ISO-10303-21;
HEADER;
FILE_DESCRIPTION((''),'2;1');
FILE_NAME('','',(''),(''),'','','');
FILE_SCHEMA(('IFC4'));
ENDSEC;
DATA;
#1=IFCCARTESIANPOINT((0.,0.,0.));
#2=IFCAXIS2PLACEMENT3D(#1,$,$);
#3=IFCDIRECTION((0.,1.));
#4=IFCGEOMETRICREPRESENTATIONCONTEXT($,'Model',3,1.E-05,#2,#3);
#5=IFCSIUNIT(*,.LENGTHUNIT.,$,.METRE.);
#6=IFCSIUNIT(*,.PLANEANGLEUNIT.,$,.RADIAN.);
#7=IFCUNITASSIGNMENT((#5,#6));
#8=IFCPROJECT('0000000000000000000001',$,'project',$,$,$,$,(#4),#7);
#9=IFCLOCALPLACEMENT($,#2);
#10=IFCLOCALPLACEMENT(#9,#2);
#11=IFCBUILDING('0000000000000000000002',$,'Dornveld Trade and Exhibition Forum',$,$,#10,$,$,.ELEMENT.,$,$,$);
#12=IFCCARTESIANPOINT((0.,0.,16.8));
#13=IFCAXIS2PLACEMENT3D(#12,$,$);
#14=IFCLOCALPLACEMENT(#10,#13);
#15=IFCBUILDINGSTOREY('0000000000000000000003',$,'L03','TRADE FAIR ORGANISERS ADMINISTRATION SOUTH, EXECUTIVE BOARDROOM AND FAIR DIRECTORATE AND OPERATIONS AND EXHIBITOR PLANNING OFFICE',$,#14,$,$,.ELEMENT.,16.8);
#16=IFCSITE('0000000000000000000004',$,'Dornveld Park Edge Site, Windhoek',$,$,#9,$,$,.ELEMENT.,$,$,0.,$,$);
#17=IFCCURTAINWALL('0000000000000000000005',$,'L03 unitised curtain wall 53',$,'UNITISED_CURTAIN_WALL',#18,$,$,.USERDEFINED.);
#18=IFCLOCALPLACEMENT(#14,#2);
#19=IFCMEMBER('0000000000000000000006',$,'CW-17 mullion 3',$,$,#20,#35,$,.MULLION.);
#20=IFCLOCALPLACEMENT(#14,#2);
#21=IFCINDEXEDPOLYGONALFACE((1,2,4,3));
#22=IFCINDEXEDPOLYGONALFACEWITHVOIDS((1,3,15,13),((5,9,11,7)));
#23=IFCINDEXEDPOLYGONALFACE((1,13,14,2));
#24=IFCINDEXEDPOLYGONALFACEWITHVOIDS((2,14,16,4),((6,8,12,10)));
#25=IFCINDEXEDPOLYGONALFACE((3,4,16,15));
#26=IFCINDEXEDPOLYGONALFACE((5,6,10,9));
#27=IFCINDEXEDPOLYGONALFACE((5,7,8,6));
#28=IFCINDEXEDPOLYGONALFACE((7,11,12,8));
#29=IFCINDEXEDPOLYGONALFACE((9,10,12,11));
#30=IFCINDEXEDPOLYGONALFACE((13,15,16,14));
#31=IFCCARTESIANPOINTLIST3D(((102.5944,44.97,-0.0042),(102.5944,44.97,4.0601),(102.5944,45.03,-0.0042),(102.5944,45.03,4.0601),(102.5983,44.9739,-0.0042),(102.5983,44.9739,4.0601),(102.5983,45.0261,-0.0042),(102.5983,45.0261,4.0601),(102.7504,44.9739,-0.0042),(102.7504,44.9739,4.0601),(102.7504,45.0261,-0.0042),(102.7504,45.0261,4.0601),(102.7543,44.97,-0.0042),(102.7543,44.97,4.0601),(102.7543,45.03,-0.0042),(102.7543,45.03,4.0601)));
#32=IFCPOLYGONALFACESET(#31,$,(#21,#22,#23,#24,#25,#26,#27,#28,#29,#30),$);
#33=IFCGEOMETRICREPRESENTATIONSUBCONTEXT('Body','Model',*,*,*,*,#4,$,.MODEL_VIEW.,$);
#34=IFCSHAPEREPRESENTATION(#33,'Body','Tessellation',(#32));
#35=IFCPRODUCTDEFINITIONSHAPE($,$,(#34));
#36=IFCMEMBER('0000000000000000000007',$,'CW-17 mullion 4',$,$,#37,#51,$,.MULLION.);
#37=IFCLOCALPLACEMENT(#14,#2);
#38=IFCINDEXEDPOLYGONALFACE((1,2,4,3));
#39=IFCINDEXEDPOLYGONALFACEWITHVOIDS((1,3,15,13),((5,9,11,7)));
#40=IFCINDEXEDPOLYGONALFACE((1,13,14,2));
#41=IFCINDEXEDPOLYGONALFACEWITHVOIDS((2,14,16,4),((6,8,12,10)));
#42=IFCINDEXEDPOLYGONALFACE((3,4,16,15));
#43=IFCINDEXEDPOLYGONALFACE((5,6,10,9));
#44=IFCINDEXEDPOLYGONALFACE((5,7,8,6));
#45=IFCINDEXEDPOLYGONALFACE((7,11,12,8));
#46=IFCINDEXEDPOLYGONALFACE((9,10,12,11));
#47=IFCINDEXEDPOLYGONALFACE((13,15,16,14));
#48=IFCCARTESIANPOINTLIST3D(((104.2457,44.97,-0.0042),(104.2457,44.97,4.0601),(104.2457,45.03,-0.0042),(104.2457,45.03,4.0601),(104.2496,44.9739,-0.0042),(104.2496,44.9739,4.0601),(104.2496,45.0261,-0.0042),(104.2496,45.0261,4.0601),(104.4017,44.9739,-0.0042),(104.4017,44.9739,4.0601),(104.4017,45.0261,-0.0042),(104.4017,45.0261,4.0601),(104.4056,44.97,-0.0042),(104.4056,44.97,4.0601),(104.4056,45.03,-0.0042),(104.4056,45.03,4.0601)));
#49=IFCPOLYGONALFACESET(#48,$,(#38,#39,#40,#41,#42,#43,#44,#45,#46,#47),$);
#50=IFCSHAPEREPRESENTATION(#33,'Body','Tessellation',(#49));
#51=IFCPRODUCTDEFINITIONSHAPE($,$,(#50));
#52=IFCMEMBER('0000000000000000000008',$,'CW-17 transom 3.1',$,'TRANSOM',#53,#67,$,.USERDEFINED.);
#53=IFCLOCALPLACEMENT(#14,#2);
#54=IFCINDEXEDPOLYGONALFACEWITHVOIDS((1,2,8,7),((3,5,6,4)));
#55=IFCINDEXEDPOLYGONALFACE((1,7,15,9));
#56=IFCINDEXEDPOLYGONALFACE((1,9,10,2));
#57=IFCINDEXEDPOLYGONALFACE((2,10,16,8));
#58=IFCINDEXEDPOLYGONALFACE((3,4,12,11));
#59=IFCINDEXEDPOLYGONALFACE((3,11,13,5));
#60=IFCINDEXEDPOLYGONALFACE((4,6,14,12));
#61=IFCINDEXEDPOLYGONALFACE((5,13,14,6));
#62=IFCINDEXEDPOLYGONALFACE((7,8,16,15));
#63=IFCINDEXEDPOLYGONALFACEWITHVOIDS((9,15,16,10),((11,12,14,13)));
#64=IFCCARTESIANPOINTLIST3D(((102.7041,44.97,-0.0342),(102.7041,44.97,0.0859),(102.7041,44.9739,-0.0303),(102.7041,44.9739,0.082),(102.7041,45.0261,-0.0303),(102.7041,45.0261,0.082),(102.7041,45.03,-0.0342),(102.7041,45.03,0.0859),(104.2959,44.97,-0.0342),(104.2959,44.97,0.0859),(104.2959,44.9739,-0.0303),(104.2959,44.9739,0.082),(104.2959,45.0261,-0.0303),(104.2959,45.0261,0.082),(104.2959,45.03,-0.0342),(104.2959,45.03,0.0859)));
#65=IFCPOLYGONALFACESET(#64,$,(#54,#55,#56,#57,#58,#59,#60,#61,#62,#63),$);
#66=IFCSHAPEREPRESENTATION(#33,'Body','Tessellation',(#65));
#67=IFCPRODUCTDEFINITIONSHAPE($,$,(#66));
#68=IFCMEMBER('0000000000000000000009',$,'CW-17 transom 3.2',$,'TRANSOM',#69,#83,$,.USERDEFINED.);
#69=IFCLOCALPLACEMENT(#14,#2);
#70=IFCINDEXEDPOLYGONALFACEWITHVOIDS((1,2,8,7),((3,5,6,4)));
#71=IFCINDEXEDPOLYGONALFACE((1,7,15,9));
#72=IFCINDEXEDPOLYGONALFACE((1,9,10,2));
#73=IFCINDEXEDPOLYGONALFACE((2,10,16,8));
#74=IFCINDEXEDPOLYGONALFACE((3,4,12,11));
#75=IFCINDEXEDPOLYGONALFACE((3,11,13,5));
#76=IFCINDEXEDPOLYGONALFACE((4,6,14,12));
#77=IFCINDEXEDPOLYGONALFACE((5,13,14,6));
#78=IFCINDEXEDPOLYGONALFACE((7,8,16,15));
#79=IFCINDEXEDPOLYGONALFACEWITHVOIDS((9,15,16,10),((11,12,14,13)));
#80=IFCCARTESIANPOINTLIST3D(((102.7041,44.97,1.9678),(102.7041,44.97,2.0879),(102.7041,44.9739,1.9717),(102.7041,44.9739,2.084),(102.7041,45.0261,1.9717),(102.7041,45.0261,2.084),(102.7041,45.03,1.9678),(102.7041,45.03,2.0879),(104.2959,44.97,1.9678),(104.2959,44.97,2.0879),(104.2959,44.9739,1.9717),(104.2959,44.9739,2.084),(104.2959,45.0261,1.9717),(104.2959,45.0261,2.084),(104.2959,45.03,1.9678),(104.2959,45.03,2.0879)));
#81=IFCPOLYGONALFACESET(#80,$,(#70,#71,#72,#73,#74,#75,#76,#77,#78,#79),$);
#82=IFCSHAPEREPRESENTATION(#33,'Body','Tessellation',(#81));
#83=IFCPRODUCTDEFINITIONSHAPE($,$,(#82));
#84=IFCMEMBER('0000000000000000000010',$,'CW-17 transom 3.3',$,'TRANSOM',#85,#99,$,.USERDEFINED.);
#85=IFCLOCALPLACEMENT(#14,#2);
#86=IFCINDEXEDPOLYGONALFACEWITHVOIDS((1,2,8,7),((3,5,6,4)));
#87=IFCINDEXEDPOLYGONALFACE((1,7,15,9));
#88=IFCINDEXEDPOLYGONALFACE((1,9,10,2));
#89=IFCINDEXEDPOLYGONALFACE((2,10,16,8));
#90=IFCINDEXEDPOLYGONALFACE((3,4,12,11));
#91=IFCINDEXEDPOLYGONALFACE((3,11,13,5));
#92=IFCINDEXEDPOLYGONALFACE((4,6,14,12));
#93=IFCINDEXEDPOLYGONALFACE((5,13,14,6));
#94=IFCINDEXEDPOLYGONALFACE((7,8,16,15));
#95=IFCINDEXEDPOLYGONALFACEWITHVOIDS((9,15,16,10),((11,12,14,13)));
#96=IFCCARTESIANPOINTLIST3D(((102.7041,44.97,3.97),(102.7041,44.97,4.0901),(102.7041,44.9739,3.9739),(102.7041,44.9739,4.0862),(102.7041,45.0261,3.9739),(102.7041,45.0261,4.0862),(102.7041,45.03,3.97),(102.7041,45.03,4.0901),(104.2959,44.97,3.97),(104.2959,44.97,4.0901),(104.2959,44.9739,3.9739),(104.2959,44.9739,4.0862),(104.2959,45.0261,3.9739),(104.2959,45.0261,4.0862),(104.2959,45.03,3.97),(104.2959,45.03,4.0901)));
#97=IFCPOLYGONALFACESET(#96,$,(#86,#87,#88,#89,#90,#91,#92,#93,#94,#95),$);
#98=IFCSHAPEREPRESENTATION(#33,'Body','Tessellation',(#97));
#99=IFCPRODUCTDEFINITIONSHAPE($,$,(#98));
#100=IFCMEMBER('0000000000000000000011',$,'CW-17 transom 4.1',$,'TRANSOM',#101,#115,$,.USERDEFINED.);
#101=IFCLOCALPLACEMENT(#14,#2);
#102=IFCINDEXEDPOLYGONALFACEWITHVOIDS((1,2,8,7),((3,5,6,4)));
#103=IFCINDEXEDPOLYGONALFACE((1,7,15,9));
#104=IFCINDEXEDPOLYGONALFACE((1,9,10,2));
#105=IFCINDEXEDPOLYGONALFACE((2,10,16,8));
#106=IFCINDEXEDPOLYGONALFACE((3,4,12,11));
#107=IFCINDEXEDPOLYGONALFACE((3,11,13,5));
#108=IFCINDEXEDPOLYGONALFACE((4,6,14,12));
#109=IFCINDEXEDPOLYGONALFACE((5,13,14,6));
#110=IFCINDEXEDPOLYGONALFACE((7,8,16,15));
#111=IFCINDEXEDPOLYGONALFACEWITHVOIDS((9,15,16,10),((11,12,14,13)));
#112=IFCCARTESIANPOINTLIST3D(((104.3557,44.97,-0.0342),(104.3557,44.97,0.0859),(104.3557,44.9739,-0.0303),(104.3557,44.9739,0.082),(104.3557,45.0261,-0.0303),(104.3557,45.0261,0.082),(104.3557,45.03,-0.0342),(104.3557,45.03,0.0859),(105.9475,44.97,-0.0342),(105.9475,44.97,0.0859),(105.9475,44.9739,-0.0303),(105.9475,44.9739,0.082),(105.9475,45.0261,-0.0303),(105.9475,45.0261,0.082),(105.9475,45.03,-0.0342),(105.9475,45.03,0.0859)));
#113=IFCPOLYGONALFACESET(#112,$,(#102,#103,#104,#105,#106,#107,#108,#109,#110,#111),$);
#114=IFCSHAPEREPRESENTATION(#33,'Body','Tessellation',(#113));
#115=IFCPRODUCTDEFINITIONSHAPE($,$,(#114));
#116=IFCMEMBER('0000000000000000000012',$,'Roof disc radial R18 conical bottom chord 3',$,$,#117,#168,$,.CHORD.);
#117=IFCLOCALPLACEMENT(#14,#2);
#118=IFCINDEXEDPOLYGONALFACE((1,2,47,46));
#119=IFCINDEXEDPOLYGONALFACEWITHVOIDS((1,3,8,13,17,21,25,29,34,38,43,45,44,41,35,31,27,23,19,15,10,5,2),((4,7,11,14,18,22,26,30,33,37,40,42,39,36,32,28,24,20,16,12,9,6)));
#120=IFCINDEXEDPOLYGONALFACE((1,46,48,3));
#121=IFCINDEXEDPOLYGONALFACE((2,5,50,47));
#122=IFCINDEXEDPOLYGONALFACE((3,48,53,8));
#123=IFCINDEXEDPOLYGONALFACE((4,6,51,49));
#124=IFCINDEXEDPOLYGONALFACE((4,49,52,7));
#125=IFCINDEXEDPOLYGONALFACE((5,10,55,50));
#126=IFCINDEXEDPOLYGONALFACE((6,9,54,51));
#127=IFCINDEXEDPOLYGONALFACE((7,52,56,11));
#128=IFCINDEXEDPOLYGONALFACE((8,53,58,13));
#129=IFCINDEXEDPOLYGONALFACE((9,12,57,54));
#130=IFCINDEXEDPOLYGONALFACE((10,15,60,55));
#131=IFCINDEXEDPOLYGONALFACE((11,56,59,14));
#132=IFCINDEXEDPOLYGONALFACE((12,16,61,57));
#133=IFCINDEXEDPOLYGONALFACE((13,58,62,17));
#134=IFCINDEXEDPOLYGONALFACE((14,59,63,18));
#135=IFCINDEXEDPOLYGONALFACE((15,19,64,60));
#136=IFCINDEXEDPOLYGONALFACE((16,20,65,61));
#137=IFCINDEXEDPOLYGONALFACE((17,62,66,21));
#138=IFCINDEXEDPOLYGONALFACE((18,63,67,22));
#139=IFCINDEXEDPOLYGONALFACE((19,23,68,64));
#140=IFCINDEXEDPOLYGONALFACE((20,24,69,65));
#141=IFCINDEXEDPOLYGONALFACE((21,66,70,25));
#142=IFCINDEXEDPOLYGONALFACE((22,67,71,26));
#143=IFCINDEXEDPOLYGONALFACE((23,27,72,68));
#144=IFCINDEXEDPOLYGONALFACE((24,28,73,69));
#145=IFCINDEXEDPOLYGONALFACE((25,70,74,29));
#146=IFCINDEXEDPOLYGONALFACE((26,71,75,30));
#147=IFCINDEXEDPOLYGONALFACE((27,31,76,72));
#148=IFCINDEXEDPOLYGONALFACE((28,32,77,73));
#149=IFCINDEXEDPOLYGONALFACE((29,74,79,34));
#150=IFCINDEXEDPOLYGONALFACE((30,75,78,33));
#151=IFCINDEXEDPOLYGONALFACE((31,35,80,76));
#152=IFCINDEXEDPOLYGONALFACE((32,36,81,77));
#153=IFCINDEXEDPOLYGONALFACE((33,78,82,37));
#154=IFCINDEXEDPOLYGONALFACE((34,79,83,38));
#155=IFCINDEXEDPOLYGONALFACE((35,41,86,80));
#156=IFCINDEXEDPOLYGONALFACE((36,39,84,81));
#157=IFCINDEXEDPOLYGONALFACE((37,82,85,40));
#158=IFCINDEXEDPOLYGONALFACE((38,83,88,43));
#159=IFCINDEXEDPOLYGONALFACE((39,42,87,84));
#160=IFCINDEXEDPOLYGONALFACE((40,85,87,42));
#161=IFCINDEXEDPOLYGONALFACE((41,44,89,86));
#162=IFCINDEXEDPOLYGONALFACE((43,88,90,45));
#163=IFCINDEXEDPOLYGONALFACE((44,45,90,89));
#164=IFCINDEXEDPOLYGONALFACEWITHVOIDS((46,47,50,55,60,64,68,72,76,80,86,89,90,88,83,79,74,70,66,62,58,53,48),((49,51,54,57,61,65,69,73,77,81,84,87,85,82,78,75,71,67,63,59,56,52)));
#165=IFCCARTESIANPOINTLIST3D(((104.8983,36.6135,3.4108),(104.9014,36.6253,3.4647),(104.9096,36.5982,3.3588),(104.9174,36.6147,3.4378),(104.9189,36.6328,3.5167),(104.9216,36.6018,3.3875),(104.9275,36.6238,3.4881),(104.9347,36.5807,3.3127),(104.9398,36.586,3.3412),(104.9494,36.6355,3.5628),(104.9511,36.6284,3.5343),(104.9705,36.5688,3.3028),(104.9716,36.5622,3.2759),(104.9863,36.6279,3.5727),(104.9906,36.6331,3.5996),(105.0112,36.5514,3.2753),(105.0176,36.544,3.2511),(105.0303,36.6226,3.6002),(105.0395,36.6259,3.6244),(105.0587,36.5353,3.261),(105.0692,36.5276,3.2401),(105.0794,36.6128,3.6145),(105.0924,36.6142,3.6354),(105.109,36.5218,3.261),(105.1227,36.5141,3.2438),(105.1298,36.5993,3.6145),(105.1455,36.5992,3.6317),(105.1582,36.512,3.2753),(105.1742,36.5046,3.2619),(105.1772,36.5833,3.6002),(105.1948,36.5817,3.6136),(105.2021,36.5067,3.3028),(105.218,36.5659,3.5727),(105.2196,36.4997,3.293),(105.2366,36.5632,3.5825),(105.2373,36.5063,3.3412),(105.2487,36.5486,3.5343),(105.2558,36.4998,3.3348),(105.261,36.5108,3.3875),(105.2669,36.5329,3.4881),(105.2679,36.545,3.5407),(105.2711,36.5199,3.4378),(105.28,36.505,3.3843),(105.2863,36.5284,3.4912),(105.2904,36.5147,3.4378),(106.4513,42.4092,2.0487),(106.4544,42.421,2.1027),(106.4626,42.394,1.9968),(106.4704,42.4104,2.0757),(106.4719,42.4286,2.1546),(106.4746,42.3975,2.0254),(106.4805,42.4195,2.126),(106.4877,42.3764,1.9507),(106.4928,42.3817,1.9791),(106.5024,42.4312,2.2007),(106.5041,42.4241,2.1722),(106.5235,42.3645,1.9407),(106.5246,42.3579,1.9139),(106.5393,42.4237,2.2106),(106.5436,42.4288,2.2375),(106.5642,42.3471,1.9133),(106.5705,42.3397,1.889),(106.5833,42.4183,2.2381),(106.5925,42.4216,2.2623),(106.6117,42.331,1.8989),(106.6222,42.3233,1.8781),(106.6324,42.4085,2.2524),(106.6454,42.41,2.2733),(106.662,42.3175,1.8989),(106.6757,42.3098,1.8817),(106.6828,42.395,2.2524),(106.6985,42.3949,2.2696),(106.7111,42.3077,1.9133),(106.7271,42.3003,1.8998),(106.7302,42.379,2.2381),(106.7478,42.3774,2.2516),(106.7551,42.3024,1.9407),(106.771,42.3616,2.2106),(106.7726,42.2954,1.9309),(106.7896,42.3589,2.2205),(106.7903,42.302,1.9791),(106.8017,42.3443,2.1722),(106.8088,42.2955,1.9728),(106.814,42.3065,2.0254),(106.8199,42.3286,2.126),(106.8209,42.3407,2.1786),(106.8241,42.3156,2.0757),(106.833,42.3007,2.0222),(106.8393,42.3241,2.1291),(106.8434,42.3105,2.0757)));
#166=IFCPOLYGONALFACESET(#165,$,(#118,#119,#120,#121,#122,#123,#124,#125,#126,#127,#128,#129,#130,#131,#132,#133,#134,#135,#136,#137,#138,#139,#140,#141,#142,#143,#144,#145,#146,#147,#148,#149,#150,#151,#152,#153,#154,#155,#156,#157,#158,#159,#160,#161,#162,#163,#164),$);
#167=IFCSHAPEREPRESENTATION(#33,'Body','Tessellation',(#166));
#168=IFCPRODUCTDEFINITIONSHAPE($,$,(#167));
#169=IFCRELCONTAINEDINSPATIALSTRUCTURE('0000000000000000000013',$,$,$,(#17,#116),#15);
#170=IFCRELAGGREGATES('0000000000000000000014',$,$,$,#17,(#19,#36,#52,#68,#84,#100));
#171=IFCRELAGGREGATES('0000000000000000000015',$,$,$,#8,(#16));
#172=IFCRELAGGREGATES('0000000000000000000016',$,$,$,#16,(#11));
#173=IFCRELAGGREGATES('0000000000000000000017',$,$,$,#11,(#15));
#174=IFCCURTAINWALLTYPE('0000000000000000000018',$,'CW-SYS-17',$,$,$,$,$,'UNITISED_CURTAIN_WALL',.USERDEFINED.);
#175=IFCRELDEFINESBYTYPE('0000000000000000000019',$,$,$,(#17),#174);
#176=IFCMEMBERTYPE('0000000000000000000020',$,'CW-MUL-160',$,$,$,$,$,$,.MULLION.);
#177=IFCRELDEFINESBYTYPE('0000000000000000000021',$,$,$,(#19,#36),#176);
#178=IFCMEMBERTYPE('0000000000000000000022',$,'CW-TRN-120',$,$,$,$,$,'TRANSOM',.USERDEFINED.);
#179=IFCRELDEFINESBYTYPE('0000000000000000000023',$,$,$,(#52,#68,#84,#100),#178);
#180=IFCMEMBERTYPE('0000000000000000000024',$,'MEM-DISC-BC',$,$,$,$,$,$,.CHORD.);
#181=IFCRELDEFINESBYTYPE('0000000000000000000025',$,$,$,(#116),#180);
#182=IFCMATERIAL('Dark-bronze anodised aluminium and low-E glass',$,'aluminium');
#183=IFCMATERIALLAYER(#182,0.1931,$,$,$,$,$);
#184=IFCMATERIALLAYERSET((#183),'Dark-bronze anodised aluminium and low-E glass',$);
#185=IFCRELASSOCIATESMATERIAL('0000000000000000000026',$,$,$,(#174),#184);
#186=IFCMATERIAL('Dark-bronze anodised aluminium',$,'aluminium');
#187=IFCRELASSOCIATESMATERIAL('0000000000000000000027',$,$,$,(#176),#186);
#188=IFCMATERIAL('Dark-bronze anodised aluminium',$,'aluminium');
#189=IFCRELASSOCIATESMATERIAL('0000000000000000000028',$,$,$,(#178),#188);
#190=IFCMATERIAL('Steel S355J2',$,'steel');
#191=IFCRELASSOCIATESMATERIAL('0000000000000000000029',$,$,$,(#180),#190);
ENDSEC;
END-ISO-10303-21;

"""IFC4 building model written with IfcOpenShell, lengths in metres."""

from ifc_helpers import new_model, si_unit, direction, frame, origin, origin_2d, place, context, subcontext, project, spatial, hollow_rectangle, hollow_circle, extrude, material, layer, layer_set, material_profile, profile_set, type_object, element, aggregate, save


model = new_model("IFC4")

# Units and contexts
model_context = context("Model", 3, precision=1e-05, world=origin(), true_north=direction((0.0, 1.0)))
body_context = subcontext(model_context, "Body", "Model", "MODEL_VIEW")
ifc_project = project(units=[si_unit("LENGTHUNIT", "METRE"), si_unit("PLANEANGLEUNIT", "RADIAN")], contexts=[model_context])

# Site, building, storey
site_placement = place(None, origin())
site = spatial("IfcSite", under=ifc_project, at=site_placement, Name="Dornveld Park Edge Site, Windhoek", CompositionType="ELEMENT", RefElevation=0.0)
building_placement = place(site_placement, origin())
building = spatial("IfcBuilding", under=site, at=building_placement, Name="Dornveld Trade and Exhibition Forum", CompositionType="ELEMENT")
storey_placement = place(building_placement, frame((0.0, 0.0, 16.8)))
storey = spatial("IfcBuildingStorey", under=building, at=storey_placement, Name="L03", Description="TRADE FAIR ORGANISERS ADMINISTRATION SOUTH, EXECUTIVE BOARDROOM AND FAIR DIRECTORATE AND OPERATIONS AND EXHIBITOR PLANNING OFFICE", CompositionType="ELEMENT", Elevation=16.8)

# Curtain wall, members
ifc_material_1 = material(Name="Dark-bronze anodised aluminium and low-E glass", Category="aluminium")
ifc_layer_1 = layer(ifc_material_1, 0.1931)
ifc_layer_set_1 = layer_set([ifc_layer_1], Name="Dark-bronze anodised aluminium and low-E glass")
curtain_wall_type = type_object("IfcCurtainWallType", Name="CW-SYS-17", ElementType="UNITISED_CURTAIN_WALL", PredefinedType="USERDEFINED", material=ifc_layer_set_1)
curtain_wall_placement = place(storey_placement, origin())
curtain_wall = element("IfcCurtainWall", 1, at=curtain_wall_placement, inside=storey, type_object=curtain_wall_type, Name="L03 unitised curtain wall 53", ObjectType="UNITISED_CURTAIN_WALL", PredefinedType="USERDEFINED")
ifc_material_2 = material(Name="Dark-bronze anodised aluminium", Category="aluminium")
ifc_material_profile_1 = material_profile(ifc_material_2, hollow_rectangle(XDim=0.0601, YDim=0.1599, WallThickness=0.0039, at=origin_2d()), Name="RHS 160x60x4")
ifc_profile_set_1 = profile_set([ifc_material_profile_1], Name="Dark-bronze anodised aluminium")
member_type_1 = type_object("IfcMemberType", Name="CW-MUL-160", PredefinedType="MULLION", material=ifc_profile_set_1)
member_1_placement = place(storey_placement, frame((102.6743, 45.0, -0.0042), z_axis=(0.0, 0.0, 1.0), x_axis=(0.0, 1.0, 0.0)))
member_1 = element("IfcMember", 2, at=member_1_placement, type_object=member_type_1, Name="CW-17 mullion 3", PredefinedType="MULLION", context=body_context, shape_type="SweptSolid", body=[
    extrude(hollow_rectangle(XDim=0.0601, YDim=0.1599, WallThickness=0.0039, at=origin_2d()), origin(), (0.0, 0.0, 1.0), 4.0642),
])
member_2_placement = place(storey_placement, frame((104.3257, 45.0, -0.0042), z_axis=(0.0, 0.0, 1.0), x_axis=(0.0, 1.0, 0.0)))
member_2 = element("IfcMember", 3, at=member_2_placement, type_object=member_type_1, Name="CW-17 mullion 4", PredefinedType="MULLION", context=body_context, shape_type="SweptSolid", body=[
    extrude(hollow_rectangle(XDim=0.0601, YDim=0.1599, WallThickness=0.0039, at=origin_2d()), origin(), (0.0, 0.0, 1.0), 4.0642),
])
ifc_material_3 = material(Name="Dark-bronze anodised aluminium", Category="aluminium")
ifc_material_profile_2 = material_profile(ifc_material_3, hollow_rectangle(XDim=0.0601, YDim=0.1201, WallThickness=0.0039, at=origin_2d()), Name="RHS 120x60x4")
ifc_profile_set_2 = profile_set([ifc_material_profile_2], Name="Dark-bronze anodised aluminium")
member_type_2 = type_object("IfcMemberType", Name="CW-TRN-120", ElementType="TRANSOM", PredefinedType="USERDEFINED", material=ifc_profile_set_2)
member_3_placement = place(storey_placement, frame((102.7041, 45.0, 0.0259), z_axis=(1.0, 0.0, 0.0), x_axis=(0.0, 1.0, 0.0)))
member_3 = element("IfcMember", 4, at=member_3_placement, type_object=member_type_2, Name="CW-17 transom 3.1", ObjectType="TRANSOM", PredefinedType="USERDEFINED", context=body_context, shape_type="SweptSolid", body=[
    extrude(hollow_rectangle(XDim=0.0601, YDim=0.1201, WallThickness=0.0039, at=origin_2d()), origin(), (0.0, 0.0, 1.0), 1.5918),
])
member_4_placement = place(storey_placement, frame((102.7041, 45.0, 2.0278), z_axis=(1.0, 0.0, 0.0), x_axis=(0.0, 1.0, 0.0)))
member_4 = element("IfcMember", 5, at=member_4_placement, type_object=member_type_2, Name="CW-17 transom 3.2", ObjectType="TRANSOM", PredefinedType="USERDEFINED", context=body_context, shape_type="SweptSolid", body=[
    extrude(hollow_rectangle(XDim=0.0601, YDim=0.1201, WallThickness=0.0039, at=origin_2d()), origin(), (0.0, 0.0, 1.0), 1.5918),
])
member_5_placement = place(storey_placement, frame((102.7041, 45.0, 4.03), z_axis=(1.0, 0.0, 0.0), x_axis=(0.0, 1.0, 0.0)))
member_5 = element("IfcMember", 6, at=member_5_placement, type_object=member_type_2, Name="CW-17 transom 3.3", ObjectType="TRANSOM", PredefinedType="USERDEFINED", context=body_context, shape_type="SweptSolid", body=[
    extrude(hollow_rectangle(XDim=0.0601, YDim=0.1201, WallThickness=0.0039, at=origin_2d()), origin(), (0.0, 0.0, 1.0), 1.5918),
])
member_6_placement = place(storey_placement, frame((104.3557, 45.0, 0.0259), z_axis=(1.0, 0.0, 0.0), x_axis=(0.0, 1.0, 0.0)))
member_6 = element("IfcMember", 7, at=member_6_placement, type_object=member_type_2, Name="CW-17 transom 4.1", ObjectType="TRANSOM", PredefinedType="USERDEFINED", context=body_context, shape_type="SweptSolid", body=[
    extrude(hollow_rectangle(XDim=0.0601, YDim=0.1201, WallThickness=0.0039, at=origin_2d()), origin(), (0.0, 0.0, 1.0), 1.5918),
])

# Member
ifc_material_4 = material(Name="Steel S355J2", Category="steel")
ifc_material_profile_3 = material_profile(ifc_material_4, hollow_circle(Radius=0.2031, WallThickness=0.02, at=origin_2d()), Name="CHS 406.4x20")
ifc_profile_set_3 = profile_set([ifc_material_profile_3], Name="Steel S355J2")
member_type_3 = type_object("IfcMemberType", Name="MEM-DISC-BC", PredefinedType="CHORD", material=ifc_profile_set_3)
member_7_placement = place(storey_placement, frame((106.6472, 42.363, 2.0757), z_axis=(-0.252403, -0.941959, 0.221374), x_axis=(0.965924, -0.258825, 0.0)))
element("IfcMember", 8, at=member_7_placement, inside=storey, type_object=member_type_3, Name="Roof disc radial R18 conical bottom chord 3", PredefinedType="CHORD", context=body_context, shape_type="SweptSolid", body=[
    extrude(hollow_circle(Radius=0.2031, WallThickness=0.02, at=origin_2d()), origin(), (0.0, 0.0, 1.0), 6.1528),
])

aggregate(curtain_wall, [member_1, member_2, member_3, member_4, member_5, member_6])

save(model, "model.ifc")
